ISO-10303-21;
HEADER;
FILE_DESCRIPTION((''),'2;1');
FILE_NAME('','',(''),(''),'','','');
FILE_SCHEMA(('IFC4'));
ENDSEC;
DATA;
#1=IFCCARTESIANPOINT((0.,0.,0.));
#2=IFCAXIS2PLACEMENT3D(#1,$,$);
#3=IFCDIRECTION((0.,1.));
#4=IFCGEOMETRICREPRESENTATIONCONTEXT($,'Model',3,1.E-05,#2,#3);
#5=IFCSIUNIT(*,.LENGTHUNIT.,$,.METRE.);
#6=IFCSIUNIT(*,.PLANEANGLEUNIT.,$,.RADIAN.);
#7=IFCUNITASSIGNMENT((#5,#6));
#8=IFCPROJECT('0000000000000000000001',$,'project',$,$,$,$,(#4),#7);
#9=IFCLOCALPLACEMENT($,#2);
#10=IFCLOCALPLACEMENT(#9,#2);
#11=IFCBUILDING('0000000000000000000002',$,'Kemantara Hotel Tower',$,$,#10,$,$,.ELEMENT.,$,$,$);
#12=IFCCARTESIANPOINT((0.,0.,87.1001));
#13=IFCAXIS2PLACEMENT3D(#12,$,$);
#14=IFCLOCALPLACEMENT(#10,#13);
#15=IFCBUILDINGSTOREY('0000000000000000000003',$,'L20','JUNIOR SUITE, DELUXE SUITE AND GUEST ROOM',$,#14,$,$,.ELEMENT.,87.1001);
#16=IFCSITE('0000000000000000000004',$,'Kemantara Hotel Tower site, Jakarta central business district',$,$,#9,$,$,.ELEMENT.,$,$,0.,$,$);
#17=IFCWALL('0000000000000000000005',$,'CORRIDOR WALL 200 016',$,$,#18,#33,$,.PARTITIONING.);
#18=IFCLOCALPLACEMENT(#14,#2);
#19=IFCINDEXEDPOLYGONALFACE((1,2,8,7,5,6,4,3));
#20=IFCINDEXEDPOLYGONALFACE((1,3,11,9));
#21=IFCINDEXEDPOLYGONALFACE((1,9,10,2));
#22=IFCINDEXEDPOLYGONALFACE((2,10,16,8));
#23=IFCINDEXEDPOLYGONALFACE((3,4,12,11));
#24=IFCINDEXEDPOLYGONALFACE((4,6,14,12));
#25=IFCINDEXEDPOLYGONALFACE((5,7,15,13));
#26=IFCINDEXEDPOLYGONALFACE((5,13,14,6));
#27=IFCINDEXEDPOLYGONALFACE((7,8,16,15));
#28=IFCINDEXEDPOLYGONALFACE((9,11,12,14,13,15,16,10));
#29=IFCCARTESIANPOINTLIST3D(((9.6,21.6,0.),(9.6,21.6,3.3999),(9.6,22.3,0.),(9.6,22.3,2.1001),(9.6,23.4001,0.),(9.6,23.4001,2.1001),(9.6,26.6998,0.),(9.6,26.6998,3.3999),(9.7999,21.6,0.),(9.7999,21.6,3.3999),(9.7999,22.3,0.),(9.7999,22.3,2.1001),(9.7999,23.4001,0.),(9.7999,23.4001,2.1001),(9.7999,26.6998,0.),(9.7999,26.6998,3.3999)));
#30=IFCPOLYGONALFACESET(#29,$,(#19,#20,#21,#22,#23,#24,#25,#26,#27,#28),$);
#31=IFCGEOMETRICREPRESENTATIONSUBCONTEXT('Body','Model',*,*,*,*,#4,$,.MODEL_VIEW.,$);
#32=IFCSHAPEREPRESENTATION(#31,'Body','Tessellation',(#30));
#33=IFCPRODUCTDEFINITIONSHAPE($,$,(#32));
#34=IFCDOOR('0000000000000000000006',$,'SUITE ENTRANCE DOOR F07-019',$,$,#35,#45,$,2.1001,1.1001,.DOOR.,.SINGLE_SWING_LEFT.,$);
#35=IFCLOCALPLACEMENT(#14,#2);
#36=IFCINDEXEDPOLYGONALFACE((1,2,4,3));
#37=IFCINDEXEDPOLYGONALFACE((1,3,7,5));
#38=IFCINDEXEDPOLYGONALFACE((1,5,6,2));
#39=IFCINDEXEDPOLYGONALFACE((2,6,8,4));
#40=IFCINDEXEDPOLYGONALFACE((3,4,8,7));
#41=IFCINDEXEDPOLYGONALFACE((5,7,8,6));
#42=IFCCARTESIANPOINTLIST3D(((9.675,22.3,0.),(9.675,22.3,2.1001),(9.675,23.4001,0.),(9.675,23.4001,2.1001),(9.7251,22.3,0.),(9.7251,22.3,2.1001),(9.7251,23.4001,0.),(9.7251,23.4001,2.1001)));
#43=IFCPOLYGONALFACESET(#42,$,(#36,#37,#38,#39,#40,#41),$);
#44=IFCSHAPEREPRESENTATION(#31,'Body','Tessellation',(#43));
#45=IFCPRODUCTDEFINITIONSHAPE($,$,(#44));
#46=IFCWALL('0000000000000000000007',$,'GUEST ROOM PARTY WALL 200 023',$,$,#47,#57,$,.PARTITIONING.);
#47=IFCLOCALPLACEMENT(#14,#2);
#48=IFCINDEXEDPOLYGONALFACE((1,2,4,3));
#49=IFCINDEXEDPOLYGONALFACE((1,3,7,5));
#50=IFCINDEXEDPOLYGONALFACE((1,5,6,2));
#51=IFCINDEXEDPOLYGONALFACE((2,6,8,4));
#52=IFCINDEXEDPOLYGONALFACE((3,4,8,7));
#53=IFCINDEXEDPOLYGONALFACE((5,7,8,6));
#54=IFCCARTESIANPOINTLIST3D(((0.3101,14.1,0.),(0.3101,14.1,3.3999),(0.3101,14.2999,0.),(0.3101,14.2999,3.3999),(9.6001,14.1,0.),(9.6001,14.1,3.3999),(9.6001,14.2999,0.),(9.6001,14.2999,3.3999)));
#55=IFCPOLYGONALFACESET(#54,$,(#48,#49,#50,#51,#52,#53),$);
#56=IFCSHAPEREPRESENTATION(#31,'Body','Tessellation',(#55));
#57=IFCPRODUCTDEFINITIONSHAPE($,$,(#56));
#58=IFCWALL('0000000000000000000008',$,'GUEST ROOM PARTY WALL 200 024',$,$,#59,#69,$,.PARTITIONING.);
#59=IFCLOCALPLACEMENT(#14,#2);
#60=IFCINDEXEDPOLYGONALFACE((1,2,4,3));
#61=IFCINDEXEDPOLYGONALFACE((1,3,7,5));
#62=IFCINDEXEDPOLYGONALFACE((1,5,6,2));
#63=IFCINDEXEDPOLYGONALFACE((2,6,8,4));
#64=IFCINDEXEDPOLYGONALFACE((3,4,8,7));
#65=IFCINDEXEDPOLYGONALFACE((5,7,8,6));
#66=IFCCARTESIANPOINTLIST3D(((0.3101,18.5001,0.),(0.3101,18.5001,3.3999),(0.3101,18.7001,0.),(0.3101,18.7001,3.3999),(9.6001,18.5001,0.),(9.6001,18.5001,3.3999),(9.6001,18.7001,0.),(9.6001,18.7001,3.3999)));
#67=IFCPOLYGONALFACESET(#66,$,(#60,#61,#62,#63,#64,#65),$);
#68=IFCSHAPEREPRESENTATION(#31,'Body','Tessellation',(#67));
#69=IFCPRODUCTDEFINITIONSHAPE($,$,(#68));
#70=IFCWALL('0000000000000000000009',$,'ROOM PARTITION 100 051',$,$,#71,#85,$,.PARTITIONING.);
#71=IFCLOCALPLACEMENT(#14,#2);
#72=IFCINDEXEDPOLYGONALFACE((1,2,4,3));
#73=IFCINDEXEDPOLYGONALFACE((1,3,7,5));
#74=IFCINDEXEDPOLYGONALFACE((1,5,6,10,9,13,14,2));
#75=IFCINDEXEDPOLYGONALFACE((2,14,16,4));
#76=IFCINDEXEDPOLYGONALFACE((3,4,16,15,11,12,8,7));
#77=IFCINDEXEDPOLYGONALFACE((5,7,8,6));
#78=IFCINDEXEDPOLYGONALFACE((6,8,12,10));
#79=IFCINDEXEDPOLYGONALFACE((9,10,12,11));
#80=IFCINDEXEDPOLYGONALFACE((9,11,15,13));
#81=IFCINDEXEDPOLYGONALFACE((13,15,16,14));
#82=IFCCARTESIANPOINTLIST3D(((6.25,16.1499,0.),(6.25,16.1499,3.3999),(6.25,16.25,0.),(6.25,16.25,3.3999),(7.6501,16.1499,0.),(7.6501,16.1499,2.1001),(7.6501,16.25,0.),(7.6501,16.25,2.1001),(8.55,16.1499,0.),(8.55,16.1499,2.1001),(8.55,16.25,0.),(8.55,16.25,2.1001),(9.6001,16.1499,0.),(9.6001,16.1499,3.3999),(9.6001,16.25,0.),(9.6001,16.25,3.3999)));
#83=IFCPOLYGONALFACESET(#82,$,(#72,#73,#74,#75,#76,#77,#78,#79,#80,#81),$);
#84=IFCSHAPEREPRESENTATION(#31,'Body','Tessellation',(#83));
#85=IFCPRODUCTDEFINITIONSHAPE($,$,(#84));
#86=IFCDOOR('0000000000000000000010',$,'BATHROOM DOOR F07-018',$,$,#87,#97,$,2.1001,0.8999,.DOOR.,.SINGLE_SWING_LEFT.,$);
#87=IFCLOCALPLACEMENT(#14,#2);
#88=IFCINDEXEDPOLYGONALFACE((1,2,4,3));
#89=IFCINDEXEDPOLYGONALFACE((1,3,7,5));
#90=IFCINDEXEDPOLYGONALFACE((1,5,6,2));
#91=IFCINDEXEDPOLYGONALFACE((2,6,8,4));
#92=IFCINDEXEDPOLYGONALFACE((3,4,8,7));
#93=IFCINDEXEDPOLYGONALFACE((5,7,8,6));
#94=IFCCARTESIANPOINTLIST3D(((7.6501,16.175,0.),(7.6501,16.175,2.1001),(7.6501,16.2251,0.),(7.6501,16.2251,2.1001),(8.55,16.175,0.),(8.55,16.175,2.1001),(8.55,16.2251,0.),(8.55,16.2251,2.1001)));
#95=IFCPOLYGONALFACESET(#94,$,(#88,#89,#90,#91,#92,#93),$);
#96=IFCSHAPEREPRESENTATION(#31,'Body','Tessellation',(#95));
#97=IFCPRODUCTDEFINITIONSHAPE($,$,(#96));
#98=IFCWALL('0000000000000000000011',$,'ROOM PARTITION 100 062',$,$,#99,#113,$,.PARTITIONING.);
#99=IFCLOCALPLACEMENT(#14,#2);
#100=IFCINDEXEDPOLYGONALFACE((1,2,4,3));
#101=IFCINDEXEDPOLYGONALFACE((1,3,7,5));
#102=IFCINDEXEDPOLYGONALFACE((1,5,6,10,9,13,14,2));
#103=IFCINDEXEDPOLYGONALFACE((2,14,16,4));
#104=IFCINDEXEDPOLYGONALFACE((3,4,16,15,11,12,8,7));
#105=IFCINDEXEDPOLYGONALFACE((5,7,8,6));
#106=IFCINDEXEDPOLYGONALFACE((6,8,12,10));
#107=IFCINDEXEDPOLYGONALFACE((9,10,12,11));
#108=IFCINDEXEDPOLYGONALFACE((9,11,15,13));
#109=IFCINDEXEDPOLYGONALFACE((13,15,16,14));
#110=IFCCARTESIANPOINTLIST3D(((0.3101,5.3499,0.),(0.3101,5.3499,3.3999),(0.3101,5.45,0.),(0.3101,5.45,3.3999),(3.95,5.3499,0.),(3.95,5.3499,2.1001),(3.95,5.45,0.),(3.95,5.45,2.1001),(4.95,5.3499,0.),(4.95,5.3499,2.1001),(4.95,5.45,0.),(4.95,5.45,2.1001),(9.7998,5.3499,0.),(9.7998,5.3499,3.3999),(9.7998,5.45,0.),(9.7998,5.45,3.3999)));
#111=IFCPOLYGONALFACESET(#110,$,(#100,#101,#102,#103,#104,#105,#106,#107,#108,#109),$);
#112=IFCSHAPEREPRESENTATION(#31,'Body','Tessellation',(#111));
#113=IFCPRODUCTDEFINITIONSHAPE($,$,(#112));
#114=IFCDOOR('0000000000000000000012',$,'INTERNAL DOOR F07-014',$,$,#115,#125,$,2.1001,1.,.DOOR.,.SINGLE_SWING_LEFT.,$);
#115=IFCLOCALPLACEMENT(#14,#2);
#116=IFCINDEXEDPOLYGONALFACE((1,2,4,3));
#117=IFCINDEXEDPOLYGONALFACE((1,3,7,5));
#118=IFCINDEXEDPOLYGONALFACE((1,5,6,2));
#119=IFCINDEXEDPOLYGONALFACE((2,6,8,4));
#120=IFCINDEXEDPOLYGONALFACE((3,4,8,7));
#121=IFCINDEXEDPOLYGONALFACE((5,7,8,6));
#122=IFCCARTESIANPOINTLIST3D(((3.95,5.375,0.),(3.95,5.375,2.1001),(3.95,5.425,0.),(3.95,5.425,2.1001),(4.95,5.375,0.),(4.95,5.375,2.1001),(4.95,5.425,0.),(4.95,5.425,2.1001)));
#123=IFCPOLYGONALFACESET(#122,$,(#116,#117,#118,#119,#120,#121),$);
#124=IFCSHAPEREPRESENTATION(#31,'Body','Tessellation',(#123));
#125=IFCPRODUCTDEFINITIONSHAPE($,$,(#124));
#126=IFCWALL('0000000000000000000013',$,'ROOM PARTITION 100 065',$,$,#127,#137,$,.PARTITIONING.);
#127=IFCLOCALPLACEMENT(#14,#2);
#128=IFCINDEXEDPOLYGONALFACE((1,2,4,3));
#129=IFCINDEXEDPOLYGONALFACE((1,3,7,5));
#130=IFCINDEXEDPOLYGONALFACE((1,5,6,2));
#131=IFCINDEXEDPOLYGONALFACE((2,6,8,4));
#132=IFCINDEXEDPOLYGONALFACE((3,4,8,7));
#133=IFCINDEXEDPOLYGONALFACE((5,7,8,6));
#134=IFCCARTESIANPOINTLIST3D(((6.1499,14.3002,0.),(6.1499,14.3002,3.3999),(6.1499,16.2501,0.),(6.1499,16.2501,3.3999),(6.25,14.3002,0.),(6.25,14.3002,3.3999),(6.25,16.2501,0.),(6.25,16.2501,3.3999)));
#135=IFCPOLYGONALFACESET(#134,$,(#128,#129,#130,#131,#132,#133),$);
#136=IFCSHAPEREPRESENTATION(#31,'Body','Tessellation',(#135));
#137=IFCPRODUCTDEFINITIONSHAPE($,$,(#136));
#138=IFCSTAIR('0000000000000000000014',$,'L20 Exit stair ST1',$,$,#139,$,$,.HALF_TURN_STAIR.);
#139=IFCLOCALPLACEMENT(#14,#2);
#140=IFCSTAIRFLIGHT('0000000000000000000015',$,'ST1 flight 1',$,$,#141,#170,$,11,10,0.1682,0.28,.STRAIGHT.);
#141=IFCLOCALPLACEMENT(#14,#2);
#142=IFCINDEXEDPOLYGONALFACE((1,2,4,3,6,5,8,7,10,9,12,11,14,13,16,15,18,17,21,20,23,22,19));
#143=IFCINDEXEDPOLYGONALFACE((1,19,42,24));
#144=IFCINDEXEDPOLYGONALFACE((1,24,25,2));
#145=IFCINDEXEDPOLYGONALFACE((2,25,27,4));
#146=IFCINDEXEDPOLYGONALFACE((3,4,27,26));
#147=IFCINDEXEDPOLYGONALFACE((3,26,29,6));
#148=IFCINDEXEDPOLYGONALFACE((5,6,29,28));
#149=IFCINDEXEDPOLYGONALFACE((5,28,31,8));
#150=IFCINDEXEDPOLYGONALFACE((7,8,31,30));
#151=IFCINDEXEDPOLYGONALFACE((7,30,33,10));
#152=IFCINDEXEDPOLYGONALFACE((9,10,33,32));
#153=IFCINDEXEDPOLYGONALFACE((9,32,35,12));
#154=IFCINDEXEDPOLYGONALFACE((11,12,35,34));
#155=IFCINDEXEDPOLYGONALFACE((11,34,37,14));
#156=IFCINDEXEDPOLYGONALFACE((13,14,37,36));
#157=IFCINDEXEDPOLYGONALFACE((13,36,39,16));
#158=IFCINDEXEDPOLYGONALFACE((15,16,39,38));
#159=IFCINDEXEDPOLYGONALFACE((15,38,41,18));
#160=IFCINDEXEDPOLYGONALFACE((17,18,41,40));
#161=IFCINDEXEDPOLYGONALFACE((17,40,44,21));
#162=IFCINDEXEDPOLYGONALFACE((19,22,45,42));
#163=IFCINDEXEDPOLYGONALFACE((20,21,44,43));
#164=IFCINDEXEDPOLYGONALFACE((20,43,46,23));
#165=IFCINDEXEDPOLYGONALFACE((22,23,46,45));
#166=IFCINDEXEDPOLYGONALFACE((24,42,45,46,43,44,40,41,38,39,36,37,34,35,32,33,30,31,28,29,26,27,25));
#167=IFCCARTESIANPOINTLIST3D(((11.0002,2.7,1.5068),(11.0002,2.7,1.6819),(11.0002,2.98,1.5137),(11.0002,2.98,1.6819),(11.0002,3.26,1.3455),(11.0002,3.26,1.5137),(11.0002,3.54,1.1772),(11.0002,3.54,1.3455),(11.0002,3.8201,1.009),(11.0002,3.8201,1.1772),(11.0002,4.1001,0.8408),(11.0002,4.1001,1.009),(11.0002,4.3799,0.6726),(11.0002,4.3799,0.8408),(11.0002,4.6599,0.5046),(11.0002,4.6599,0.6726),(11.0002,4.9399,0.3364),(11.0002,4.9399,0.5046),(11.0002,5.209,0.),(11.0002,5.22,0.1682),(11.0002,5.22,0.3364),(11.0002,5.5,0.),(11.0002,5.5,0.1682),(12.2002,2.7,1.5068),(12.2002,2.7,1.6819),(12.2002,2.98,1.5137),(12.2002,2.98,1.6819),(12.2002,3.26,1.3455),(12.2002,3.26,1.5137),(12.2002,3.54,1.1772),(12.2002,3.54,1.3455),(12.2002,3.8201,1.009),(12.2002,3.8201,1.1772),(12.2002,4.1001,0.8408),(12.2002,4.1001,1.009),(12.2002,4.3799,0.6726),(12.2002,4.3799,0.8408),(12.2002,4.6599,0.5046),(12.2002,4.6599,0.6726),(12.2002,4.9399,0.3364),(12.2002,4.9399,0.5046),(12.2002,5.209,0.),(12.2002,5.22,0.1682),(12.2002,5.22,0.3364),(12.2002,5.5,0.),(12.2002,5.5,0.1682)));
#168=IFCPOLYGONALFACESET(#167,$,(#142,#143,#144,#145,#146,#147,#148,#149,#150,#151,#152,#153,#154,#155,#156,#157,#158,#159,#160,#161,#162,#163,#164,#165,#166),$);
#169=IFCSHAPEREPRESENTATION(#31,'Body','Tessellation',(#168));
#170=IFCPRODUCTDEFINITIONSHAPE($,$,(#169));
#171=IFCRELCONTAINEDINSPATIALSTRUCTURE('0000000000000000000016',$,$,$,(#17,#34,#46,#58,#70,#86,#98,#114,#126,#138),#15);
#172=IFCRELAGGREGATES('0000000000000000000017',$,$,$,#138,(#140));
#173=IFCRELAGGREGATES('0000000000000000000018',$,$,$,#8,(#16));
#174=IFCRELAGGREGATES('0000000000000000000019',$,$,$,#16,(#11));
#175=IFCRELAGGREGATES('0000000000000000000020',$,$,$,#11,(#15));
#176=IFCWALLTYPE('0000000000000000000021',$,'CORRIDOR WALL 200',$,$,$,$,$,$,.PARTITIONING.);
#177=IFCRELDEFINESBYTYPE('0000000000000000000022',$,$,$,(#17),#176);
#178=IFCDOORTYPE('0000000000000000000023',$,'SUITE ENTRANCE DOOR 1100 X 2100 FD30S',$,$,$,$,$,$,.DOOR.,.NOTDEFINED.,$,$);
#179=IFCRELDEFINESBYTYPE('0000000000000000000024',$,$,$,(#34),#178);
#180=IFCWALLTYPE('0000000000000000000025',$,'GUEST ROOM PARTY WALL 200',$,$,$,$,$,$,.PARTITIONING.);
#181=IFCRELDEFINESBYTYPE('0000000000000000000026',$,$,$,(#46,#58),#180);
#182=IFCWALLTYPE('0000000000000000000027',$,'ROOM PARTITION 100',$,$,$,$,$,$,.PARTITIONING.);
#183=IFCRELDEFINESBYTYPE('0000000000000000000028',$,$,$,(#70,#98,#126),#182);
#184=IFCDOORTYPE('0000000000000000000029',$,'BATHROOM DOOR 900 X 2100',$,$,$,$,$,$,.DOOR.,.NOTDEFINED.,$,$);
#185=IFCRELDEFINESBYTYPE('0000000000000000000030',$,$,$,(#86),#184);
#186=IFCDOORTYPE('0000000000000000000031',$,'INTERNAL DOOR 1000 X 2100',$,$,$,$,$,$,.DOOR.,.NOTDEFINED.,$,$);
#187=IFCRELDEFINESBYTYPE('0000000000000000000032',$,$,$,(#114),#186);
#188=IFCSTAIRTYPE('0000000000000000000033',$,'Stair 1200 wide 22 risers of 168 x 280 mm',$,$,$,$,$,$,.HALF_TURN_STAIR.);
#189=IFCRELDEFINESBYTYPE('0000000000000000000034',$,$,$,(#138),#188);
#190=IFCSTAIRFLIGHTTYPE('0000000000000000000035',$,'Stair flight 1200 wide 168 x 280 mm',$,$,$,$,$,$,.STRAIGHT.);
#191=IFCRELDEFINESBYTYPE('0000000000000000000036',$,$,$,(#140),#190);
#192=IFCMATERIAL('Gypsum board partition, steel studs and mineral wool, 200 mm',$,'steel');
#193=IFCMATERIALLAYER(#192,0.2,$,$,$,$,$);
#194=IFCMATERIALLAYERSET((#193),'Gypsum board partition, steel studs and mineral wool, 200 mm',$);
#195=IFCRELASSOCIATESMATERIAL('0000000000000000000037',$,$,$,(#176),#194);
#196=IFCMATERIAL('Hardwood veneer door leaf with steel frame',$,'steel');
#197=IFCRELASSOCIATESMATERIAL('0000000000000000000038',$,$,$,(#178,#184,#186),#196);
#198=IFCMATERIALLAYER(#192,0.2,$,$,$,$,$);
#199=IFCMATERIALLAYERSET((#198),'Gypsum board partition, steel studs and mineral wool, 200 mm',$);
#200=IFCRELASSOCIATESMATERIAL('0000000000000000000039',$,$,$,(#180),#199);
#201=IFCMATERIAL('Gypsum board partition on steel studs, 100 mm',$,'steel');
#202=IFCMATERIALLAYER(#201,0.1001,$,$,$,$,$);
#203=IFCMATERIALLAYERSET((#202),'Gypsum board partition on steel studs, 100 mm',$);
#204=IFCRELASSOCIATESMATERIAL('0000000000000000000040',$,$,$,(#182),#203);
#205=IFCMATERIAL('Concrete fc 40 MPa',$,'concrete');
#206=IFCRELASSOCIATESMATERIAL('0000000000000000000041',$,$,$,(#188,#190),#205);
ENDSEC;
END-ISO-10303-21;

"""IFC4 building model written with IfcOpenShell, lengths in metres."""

from ifc_helpers import new_model, si_unit, direction, frame, frame_2d, origin, place, context, subcontext, project, spatial, polyline, rectangle, outline, extrude, material, layer, layer_set, type_object, element, fill, aggregate, save


model = new_model("IFC4")

# Units and contexts
model_context = context("Model", 3, precision=1e-05, world=origin(), true_north=direction((0.0, 1.0)))
body_context = subcontext(model_context, "Body", "Model", "MODEL_VIEW")
ifc_project = project(units=[si_unit("LENGTHUNIT", "METRE"), si_unit("PLANEANGLEUNIT", "RADIAN")], contexts=[model_context])

# Site, building, storey
site_placement = place(None, origin())
site = spatial("IfcSite", under=ifc_project, at=site_placement, Name="Kemantara Hotel Tower site, Jakarta central business district", CompositionType="ELEMENT", RefElevation=0.0)
building_placement = place(site_placement, origin())
building = spatial("IfcBuilding", under=site, at=building_placement, Name="Kemantara Hotel Tower", CompositionType="ELEMENT")
storey_placement = place(building_placement, frame((0.0, 0.0, 87.1001)))
storey = spatial("IfcBuildingStorey", under=building, at=storey_placement, Name="L20", Description="JUNIOR SUITE, DELUXE SUITE AND GUEST ROOM", CompositionType="ELEMENT", Elevation=87.1001)

# Wall, opening, door
ifc_material_1 = material(Name="Gypsum board partition, steel studs and mineral wool, 200 mm", Category="steel")
ifc_layer_1 = layer(ifc_material_1, 0.2)
ifc_layer_set_1 = layer_set([ifc_layer_1], Name="Gypsum board partition, steel studs and mineral wool, 200 mm")
wall_type_1 = type_object("IfcWallType", Name="CORRIDOR WALL 200", PredefinedType="PARTITIONING", material=ifc_layer_set_1)
ifc_material_2 = material(Name="Hardwood veneer door leaf with steel frame", Category="steel")
door_type_1 = type_object("IfcDoorType", Name="SUITE ENTRANCE DOOR 1100 X 2100 FD30S", OperationType="NOTDEFINED", PredefinedType="DOOR", material=ifc_material_2)
wall_1_placement = place(storey_placement, frame((9.7, 21.6001, 0.0), z_axis=(0.0, 0.0, 1.0), x_axis=(0.0, 1.0, 0.0)))
wall_1 = element("IfcWall", 1, at=wall_1_placement, inside=storey, type_object=wall_type_1, Name="CORRIDOR WALL 200 016", PredefinedType="PARTITIONING", context=body_context, shape_type="SweptSolid", body=[
    extrude(rectangle(XDim=5.0999, YDim=0.2, at=frame_2d((2.5498, 0.0))), origin(), (0.0, 0.0, 1.0), 3.3999),
])
opening_1_placement = place(wall_1_placement, frame((0.7, 0.0, 0.0)))
opening_1 = element("IfcOpeningElement", 2, at=opening_1_placement, cuts=wall_1, PredefinedType="OPENING", context=body_context, shape_type="SweptSolid", body=[
    extrude(rectangle(XDim=1.1001, YDim=2.1001, at=frame_2d((0.55, 1.05))), frame((0.0, 0.1099, 0.0), z_axis=(0.0, -1.0, 0.0), x_axis=(1.0, 0.0, 0.0)), (0.0, 0.0, 1.0), 0.22),
])
door_1_placement = place(opening_1_placement, origin())
door_1 = element("IfcDoor", 3, at=door_1_placement, inside=storey, type_object=door_type_1, Name="SUITE ENTRANCE DOOR F07-019", OperationType="SINGLE_SWING_LEFT", OverallHeight=2.1001, OverallWidth=1.1001, PredefinedType="DOOR", context=body_context, shape_type="SweptSolid", body=[
    extrude(rectangle(XDim=1.1001, YDim=2.1001, at=frame_2d((0.55, 1.05))), frame((0.0, 0.0249, 0.0), z_axis=(0.0, -1.0, 0.0), x_axis=(1.0, 0.0, 0.0)), (0.0, 0.0, 1.0), 0.05),
])
fill(opening_1, door_1)

# Walls
ifc_layer_2 = layer(ifc_material_1, 0.2)
ifc_layer_set_2 = layer_set([ifc_layer_2], Name="Gypsum board partition, steel studs and mineral wool, 200 mm")
wall_type_2 = type_object("IfcWallType", Name="GUEST ROOM PARTY WALL 200", PredefinedType="PARTITIONING", material=ifc_layer_set_2)
for number, where, z_axis, x_axis, name in (
    (4, (0.3101, 14.2, 0.0), (0.0, 0.0, 1.0), (1.0, 0.0, 0.0), "GUEST ROOM PARTY WALL 200 023"),
    (5, (0.3101, 18.6001, 0.0), (0.0, 0.0, 1.0), (1.0, 0.0, 0.0), "GUEST ROOM PARTY WALL 200 024"),
):
    element("IfcWall", number, at=place(storey_placement, frame(where, z_axis=z_axis, x_axis=x_axis)), inside=storey, type_object=wall_type_2, Name=name, PredefinedType="PARTITIONING", context=body_context, shape_type="SweptSolid", body=[
        extrude(rectangle(XDim=9.29, YDim=0.2, at=frame_2d((4.645, 0.0))), origin(), (0.0, 0.0, 1.0), 3.3999),
    ])

# Walls, openings, doors
ifc_material_3 = material(Name="Gypsum board partition on steel studs, 100 mm", Category="steel")
ifc_layer_3 = layer(ifc_material_3, 0.1001)
ifc_layer_set_3 = layer_set([ifc_layer_3], Name="Gypsum board partition on steel studs, 100 mm")
wall_type_3 = type_object("IfcWallType", Name="ROOM PARTITION 100", PredefinedType="PARTITIONING", material=ifc_layer_set_3)
wall_2_placement = place(storey_placement, frame((9.6001, 16.2, 0.0), z_axis=(0.0, 0.0, 1.0), x_axis=(-1.0, 0.0, 0.0)))
wall_2 = element("IfcWall", 6, at=wall_2_placement, inside=storey, type_object=wall_type_3, Name="ROOM PARTITION 100 051", PredefinedType="PARTITIONING", context=body_context, shape_type="SweptSolid", body=[
    extrude(rectangle(XDim=3.3501, YDim=0.1001, at=frame_2d((1.675, 0.0))), origin(), (0.0, 0.0, 1.0), 3.3999),
])
opening_2_placement = place(wall_2_placement, frame((1.05, 0.0, 0.0)))
opening_2 = element("IfcOpeningElement", 7, at=opening_2_placement, cuts=wall_2, PredefinedType="OPENING", context=body_context, shape_type="SweptSolid", body=[
    extrude(rectangle(XDim=0.8999, YDim=2.1001, at=frame_2d((0.45, 1.05))), frame((0.0, 0.0601, 0.0), z_axis=(0.0, -1.0, 0.0), x_axis=(1.0, 0.0, 0.0)), (0.0, 0.0, 1.0), 0.1201),
])
door_type_2 = type_object("IfcDoorType", Name="BATHROOM DOOR 900 X 2100", OperationType="NOTDEFINED", PredefinedType="DOOR", material=ifc_material_2)
door_2_placement = place(opening_2_placement, origin())
door_2 = element("IfcDoor", 8, at=door_2_placement, inside=storey, type_object=door_type_2, Name="BATHROOM DOOR F07-018", OperationType="SINGLE_SWING_LEFT", OverallHeight=2.1001, OverallWidth=0.8999, PredefinedType="DOOR", context=body_context, shape_type="SweptSolid", body=[
    extrude(rectangle(XDim=0.8999, YDim=2.1001, at=frame_2d((0.45, 1.05))), frame((0.0, 0.0249, 0.0), z_axis=(0.0, -1.0, 0.0), x_axis=(1.0, 0.0, 0.0)), (0.0, 0.0, 1.0), 0.05),
])
fill(opening_2, door_2)
wall_3_placement = place(storey_placement, frame((9.7998, 5.3999, 0.0), z_axis=(0.0, 0.0, 1.0), x_axis=(-1.0, 0.0, 0.0)))
wall_3 = element("IfcWall", 9, at=wall_3_placement, inside=storey, type_object=wall_type_3, Name="ROOM PARTITION 100 062", PredefinedType="PARTITIONING", context=body_context, shape_type="SweptSolid", body=[
    extrude(rectangle(XDim=9.4897, YDim=0.1001, at=frame_2d((4.7449, 0.0))), origin(), (0.0, 0.0, 1.0), 3.3999),
])
opening_3_placement = place(wall_3_placement, frame((4.8499, 0.0, 0.0)))
opening_3 = element("IfcOpeningElement", 10, at=opening_3_placement, cuts=wall_3, PredefinedType="OPENING", context=body_context, shape_type="SweptSolid", body=[
    extrude(rectangle(XDim=1.0, YDim=2.1001, at=frame_2d((0.5, 1.05))), frame((0.0, 0.0601, 0.0), z_axis=(0.0, -1.0, 0.0), x_axis=(1.0, 0.0, 0.0)), (0.0, 0.0, 1.0), 0.1201),
])
door_type_3 = type_object("IfcDoorType", Name="INTERNAL DOOR 1000 X 2100", OperationType="NOTDEFINED", PredefinedType="DOOR", material=ifc_material_2)
door_3_placement = place(opening_3_placement, origin())
door_3 = element("IfcDoor", 11, at=door_3_placement, inside=storey, type_object=door_type_3, Name="INTERNAL DOOR F07-014", OperationType="SINGLE_SWING_LEFT", OverallHeight=2.1001, OverallWidth=1.0, PredefinedType="DOOR", context=body_context, shape_type="SweptSolid", body=[
    extrude(rectangle(XDim=1.0, YDim=2.1001, at=frame_2d((0.5, 1.05))), frame((0.0, 0.0249, 0.0), z_axis=(0.0, -1.0, 0.0), x_axis=(1.0, 0.0, 0.0)), (0.0, 0.0, 1.0), 0.05),
])
fill(opening_3, door_3)

# Wall
wall_4_placement = place(storey_placement, frame((6.2, 14.3, 0.0), z_axis=(0.0, 0.0, 1.0), x_axis=(0.0, 1.0, 0.0)))
element("IfcWall", 12, at=wall_4_placement, inside=storey, type_object=wall_type_3, Name="ROOM PARTITION 100 065", PredefinedType="PARTITIONING", context=body_context, shape_type="SweptSolid", body=[
    extrude(rectangle(XDim=1.95, YDim=0.1001, at=frame_2d((0.9751, 0.0))), origin(), (0.0, 0.0, 1.0), 3.3999),
])

# Stair, stair flight
ifc_material_4 = material(Name="Concrete fc 40 MPa", Category="concrete")
stair_type = type_object("IfcStairType", Name="Stair 1200 wide 22 risers of 168 x 280 mm", PredefinedType="HALF_TURN_STAIR", material=ifc_material_4)
stair_placement = place(storey_placement, origin())
stair = element("IfcStair", 13, at=stair_placement, inside=storey, type_object=stair_type, Name="L20 Exit stair ST1", PredefinedType="HALF_TURN_STAIR")
stair_flight_type = type_object("IfcStairFlightType", Name="Stair flight 1200 wide 168 x 280 mm", PredefinedType="STRAIGHT", material=ifc_material_4)
stair_flight_placement = place(storey_placement, frame((11.6001, 5.5, 0.0), z_axis=(0.0, 0.0, 1.0), x_axis=(0.0, -1.0, 0.0)))
stair_flight = element("IfcStairFlight", 14, at=stair_flight_placement, type_object=stair_flight_type, Name="ST1 flight 1", NumberOfRisers=11, NumberOfTreads=10, PredefinedType="STRAIGHT", RiserHeight=0.1682, TreadLength=0.28, context=body_context, shape_type="SweptSolid", body=[
    extrude(outline(polyline([(0.0, 0.0), (0.0, 0.1682), (0.28, 0.1682), (0.28, 0.3364), (0.5601, 0.3364), (0.5601, 0.5046), (0.8401, 0.5046), (0.8401, 0.6726), (1.1201, 0.6726), (1.1201, 0.8408), (1.3999, 0.8408), (1.3999, 1.009), (1.6799, 1.009), (1.6799, 1.1772), (1.96, 1.1772), (1.96, 1.3455), (2.24, 1.3455), (2.24, 1.5137), (2.52, 1.5137), (2.52, 1.6819), (2.8, 1.6819), (2.8, 1.8501), (2.8, 1.5068), (0.291, 0.0), (0.0, 0.0)])), frame((0.0, 0.6001, 0.0), z_axis=(0.0, -1.0, 0.0), x_axis=(1.0, 0.0, 0.0)), (0.0, 0.0, 1.0), 1.2),
])
aggregate(stair, [stair_flight])

save(model, "model.ifc")
